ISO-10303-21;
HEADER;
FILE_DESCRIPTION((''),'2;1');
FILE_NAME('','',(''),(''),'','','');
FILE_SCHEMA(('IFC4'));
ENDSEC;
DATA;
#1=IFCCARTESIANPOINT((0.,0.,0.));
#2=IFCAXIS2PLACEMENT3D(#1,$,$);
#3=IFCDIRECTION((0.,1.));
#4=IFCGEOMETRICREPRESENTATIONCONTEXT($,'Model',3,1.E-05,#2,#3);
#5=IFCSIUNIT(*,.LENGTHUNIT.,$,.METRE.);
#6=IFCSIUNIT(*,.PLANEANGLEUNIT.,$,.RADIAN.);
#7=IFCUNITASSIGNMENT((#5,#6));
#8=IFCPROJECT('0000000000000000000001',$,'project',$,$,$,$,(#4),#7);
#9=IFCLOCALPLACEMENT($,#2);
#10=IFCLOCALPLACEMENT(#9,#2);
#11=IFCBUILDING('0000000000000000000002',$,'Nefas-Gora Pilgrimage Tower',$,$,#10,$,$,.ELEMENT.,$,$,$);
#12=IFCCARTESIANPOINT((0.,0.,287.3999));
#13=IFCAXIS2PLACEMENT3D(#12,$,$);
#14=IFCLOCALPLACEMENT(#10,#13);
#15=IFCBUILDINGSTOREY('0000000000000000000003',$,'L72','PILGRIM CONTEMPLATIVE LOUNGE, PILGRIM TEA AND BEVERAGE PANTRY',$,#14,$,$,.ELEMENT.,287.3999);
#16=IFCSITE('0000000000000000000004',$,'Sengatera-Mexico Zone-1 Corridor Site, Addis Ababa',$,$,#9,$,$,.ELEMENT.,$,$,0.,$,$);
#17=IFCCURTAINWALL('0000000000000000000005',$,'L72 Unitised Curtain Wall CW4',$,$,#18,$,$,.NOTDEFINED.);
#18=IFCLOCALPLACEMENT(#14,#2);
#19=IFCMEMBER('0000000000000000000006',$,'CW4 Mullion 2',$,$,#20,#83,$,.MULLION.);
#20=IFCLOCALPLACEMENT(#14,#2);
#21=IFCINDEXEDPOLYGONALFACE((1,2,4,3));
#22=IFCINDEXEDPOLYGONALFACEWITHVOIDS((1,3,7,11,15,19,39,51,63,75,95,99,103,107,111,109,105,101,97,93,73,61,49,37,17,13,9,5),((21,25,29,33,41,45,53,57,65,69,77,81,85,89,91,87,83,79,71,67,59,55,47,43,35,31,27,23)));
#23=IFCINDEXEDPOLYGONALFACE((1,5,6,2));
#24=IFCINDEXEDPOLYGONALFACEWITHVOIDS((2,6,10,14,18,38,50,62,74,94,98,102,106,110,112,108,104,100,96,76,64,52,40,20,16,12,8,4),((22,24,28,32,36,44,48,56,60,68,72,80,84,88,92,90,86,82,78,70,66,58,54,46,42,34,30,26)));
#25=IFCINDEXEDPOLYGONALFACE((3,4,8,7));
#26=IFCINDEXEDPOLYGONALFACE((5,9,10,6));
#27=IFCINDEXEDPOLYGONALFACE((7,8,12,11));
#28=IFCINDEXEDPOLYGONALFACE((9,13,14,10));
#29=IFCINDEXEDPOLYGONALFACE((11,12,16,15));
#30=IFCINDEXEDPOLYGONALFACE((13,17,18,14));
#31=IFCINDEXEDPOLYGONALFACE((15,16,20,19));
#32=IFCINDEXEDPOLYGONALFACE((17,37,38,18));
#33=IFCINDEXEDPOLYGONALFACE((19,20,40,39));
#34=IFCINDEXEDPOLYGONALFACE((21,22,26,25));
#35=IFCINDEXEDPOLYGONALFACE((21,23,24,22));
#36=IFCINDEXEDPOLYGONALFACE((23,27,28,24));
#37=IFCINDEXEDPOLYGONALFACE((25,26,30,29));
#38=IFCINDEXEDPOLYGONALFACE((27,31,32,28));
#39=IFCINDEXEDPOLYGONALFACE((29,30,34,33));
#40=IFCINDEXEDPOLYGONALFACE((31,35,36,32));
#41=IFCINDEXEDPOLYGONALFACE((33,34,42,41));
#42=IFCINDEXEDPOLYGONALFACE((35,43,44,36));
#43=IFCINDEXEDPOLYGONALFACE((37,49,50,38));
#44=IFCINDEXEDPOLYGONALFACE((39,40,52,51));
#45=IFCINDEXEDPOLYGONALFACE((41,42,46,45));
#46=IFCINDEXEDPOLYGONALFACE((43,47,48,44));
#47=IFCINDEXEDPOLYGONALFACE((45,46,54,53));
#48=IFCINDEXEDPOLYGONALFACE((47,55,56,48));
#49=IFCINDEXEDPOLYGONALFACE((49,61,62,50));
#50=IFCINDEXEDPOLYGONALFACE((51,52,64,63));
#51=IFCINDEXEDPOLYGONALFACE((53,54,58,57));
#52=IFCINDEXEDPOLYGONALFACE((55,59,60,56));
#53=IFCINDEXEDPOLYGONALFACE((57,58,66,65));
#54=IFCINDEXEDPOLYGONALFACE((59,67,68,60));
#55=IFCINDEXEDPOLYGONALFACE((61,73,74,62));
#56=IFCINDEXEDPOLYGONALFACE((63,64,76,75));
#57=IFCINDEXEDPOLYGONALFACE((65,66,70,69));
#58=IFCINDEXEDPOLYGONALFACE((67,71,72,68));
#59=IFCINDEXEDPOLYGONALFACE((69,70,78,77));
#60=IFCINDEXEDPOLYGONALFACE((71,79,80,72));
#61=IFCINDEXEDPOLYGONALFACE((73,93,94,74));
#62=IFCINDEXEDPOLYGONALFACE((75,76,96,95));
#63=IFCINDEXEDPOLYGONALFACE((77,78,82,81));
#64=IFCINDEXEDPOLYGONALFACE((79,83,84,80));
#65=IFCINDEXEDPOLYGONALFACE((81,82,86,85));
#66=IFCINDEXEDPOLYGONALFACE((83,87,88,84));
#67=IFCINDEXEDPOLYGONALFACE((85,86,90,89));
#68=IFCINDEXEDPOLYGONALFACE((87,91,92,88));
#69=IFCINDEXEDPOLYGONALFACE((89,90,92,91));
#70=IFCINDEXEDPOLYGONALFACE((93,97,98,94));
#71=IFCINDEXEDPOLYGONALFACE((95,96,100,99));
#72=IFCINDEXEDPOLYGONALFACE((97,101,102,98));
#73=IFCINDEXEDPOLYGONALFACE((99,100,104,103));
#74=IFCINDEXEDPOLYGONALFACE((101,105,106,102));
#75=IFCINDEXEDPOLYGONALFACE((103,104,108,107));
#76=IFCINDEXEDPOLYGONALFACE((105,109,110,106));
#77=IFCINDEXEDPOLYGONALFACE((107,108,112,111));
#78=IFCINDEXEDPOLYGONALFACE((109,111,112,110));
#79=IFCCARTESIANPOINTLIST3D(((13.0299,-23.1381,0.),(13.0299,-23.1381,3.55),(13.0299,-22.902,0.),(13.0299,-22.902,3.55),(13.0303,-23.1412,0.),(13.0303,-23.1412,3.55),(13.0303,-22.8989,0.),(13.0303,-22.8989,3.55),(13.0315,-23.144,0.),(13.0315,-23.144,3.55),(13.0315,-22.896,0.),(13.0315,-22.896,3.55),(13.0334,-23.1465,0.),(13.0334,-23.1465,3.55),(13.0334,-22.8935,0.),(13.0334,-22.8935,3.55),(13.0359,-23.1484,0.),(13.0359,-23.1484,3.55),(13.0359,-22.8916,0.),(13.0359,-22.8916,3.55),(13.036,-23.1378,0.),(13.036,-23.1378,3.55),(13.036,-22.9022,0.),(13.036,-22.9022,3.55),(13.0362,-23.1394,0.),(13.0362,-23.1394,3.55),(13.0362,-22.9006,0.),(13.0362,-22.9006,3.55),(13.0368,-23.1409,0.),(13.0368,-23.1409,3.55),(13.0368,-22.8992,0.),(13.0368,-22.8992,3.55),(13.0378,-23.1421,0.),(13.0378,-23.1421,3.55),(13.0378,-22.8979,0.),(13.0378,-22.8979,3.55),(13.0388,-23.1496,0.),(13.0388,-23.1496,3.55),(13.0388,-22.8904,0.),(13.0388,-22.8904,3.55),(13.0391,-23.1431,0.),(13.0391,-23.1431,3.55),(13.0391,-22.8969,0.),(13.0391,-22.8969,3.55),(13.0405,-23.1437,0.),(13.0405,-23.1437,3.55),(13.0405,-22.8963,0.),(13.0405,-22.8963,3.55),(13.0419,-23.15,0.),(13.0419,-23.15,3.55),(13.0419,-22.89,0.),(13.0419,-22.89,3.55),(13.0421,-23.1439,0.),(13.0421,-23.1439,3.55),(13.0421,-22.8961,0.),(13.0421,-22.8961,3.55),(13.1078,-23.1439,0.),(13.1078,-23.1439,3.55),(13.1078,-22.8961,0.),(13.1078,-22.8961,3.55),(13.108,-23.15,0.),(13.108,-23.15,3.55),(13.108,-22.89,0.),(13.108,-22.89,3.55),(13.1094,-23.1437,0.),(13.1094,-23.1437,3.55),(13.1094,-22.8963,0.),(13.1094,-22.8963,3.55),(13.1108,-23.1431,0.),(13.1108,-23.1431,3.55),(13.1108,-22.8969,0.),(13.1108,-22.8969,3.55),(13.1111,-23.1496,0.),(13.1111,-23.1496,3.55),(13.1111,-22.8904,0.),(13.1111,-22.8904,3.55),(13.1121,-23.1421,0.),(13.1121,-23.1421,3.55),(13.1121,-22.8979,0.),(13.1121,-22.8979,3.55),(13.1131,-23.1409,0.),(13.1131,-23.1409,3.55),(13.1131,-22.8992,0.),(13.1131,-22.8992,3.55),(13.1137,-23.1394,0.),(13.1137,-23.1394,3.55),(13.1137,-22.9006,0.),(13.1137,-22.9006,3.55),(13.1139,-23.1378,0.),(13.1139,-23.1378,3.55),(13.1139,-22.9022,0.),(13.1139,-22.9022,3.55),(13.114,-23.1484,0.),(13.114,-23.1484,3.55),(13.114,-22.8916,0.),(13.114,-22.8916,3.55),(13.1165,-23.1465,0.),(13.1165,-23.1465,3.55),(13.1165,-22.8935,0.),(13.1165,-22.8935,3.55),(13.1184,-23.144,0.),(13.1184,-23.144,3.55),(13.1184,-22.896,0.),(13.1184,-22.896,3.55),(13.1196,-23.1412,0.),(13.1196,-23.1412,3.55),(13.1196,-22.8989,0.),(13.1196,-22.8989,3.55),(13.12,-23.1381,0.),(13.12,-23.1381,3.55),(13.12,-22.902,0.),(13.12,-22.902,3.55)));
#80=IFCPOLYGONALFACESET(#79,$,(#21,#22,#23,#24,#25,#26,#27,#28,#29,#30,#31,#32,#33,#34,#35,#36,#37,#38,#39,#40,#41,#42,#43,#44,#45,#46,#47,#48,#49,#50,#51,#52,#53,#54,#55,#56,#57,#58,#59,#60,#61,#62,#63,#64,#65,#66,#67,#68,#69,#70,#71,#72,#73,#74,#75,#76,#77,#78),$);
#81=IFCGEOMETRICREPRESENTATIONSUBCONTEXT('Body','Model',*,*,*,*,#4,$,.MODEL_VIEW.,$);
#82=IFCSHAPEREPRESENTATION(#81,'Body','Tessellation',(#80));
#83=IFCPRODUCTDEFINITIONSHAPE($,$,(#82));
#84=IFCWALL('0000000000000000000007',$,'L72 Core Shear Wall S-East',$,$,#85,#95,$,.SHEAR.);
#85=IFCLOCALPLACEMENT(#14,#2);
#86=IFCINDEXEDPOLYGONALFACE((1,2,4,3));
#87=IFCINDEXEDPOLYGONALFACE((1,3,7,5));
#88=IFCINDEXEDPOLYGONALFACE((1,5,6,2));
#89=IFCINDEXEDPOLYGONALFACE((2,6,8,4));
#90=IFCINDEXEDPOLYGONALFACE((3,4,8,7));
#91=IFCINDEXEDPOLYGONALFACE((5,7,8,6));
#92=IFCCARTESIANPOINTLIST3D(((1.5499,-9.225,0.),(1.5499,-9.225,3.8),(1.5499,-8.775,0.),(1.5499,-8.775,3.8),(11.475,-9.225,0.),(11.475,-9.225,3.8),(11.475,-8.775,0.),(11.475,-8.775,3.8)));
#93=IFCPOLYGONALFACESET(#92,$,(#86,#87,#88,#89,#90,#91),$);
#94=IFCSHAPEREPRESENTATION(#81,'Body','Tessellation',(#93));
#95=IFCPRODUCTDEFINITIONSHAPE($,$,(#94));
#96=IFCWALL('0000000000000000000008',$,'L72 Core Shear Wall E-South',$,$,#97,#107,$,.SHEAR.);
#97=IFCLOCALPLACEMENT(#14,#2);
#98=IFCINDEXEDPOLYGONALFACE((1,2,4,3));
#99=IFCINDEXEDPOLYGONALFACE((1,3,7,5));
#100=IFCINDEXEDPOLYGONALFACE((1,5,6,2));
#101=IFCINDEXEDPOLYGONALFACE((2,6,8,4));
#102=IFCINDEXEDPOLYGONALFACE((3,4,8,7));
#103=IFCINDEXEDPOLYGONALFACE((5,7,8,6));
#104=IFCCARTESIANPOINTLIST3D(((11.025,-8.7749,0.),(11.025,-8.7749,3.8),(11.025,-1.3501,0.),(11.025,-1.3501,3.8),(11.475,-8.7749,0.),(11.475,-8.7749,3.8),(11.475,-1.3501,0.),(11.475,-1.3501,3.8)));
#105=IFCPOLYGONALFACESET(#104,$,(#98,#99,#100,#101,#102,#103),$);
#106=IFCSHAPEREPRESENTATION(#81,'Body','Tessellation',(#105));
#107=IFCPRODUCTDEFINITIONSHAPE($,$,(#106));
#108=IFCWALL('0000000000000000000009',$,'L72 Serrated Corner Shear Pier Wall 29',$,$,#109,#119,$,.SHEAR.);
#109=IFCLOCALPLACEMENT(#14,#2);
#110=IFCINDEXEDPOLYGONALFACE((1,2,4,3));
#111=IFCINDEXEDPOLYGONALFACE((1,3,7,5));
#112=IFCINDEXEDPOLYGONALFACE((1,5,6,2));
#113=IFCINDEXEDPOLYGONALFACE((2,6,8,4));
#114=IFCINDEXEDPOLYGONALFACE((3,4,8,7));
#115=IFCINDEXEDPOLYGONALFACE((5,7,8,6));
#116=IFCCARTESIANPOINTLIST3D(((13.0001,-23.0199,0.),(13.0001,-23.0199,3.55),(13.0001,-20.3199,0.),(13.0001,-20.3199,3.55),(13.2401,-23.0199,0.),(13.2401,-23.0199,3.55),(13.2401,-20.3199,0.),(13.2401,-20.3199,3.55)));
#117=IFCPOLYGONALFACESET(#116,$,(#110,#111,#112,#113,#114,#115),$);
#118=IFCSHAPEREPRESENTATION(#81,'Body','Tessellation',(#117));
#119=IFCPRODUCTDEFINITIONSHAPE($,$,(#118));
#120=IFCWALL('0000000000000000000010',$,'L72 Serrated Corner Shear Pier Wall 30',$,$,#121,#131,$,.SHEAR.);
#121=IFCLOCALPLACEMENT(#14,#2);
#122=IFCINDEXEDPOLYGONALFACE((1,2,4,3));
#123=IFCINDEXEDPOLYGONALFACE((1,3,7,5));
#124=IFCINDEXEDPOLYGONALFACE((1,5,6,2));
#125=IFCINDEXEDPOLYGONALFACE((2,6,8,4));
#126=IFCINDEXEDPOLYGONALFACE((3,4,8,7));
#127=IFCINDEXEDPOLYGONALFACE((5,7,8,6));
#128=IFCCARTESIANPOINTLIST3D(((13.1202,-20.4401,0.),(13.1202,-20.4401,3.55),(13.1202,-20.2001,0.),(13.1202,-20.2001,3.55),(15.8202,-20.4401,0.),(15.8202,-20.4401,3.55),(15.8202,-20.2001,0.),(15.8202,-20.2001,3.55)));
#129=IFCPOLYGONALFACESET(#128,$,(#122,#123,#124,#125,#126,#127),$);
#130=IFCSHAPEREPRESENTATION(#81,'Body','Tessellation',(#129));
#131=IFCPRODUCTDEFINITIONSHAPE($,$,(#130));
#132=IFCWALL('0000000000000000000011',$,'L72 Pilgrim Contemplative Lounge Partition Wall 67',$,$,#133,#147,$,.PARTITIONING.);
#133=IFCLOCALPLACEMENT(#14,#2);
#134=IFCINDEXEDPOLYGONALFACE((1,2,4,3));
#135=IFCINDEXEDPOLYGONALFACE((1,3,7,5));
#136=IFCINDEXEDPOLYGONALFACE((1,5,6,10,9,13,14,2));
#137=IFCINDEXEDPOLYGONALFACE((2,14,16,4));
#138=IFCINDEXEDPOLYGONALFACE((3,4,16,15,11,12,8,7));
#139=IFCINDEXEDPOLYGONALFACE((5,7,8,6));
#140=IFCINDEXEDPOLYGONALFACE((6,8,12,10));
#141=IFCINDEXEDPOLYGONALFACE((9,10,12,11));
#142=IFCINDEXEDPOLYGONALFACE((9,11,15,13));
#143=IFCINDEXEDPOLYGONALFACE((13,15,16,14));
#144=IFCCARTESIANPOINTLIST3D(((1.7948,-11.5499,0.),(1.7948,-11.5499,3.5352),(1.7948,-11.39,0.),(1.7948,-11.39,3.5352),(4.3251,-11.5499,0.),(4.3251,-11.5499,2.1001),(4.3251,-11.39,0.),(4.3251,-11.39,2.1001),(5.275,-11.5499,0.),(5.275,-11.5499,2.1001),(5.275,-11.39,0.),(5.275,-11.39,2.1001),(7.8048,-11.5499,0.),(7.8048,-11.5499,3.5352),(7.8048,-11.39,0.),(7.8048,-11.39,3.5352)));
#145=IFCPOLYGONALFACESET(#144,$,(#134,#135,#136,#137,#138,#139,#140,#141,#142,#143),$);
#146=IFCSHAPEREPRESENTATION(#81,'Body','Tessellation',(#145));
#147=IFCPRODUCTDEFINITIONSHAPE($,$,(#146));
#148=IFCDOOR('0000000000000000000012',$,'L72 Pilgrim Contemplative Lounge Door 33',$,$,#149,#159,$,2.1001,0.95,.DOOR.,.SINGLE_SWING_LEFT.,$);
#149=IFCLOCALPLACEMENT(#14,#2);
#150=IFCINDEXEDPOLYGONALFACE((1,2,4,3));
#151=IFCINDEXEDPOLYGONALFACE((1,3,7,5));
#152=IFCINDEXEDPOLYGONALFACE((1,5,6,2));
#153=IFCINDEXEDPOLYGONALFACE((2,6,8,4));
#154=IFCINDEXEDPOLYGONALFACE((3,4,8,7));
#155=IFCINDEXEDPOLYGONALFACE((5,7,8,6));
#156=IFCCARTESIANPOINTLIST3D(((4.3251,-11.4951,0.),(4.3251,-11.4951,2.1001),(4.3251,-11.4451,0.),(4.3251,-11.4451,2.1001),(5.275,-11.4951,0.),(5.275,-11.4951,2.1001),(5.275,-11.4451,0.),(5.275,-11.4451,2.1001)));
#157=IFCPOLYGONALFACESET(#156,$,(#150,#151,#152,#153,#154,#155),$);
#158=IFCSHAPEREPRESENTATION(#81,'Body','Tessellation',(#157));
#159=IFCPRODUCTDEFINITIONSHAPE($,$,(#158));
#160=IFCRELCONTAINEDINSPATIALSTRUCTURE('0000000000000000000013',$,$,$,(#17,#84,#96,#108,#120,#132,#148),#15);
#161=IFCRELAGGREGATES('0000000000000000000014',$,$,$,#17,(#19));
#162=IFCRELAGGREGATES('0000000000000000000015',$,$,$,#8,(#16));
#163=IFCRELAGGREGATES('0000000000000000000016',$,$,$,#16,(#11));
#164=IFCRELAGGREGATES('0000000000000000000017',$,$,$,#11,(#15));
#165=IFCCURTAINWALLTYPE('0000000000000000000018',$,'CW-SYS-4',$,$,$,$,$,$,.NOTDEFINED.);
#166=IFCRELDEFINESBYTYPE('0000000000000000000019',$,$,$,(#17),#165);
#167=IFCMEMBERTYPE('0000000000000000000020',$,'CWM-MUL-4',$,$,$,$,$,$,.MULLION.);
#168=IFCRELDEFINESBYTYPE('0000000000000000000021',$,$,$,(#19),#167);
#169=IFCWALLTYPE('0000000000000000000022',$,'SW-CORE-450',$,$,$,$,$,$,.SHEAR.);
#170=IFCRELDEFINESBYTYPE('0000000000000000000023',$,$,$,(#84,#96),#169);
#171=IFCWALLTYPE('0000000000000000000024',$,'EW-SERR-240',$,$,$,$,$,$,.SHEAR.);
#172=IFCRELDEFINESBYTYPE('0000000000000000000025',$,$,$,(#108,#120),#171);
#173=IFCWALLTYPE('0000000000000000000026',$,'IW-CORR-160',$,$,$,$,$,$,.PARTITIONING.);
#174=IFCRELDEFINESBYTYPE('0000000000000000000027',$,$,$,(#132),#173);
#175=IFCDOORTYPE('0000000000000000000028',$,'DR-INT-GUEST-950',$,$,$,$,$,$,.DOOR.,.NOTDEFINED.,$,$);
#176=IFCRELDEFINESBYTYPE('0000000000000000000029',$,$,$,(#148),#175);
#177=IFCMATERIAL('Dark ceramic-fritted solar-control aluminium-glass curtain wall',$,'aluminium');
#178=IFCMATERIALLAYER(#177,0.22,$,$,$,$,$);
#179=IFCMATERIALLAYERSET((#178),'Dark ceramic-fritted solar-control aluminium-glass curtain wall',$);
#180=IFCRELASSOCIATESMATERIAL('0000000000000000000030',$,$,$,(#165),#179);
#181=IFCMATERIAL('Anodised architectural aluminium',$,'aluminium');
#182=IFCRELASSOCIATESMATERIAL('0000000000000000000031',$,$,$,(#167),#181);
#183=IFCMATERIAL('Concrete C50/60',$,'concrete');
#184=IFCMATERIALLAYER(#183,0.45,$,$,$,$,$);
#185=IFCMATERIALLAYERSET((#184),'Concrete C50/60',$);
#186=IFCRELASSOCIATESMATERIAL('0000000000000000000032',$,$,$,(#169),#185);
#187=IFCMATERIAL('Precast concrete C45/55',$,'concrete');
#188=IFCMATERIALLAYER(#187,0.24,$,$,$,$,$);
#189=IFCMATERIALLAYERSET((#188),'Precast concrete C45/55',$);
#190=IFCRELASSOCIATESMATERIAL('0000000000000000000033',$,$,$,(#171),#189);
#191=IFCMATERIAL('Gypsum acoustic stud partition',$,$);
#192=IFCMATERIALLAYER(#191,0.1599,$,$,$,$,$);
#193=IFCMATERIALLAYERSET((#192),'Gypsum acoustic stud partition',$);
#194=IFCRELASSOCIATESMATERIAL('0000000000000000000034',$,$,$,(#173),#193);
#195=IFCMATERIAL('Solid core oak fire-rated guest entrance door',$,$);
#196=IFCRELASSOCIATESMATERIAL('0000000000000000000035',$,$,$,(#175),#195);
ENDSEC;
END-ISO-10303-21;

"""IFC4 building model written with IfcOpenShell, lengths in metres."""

from ifc_helpers import new_model, si_unit, direction, frame, frame_2d, origin, origin_2d, place, context, subcontext, project, spatial, rectangle, hollow_rectangle, extrude, source, transform, mapped, material, layer, layer_set, material_profile, profile_set, type_object, element, fill, aggregate, save


model = new_model("IFC4")

# Units and contexts
model_context = context("Model", 3, precision=1e-05, world=origin(), true_north=direction((0.0, 1.0)))
body_context = subcontext(model_context, "Body", "Model", "MODEL_VIEW")
ifc_project = project(units=[si_unit("LENGTHUNIT", "METRE"), si_unit("PLANEANGLEUNIT", "RADIAN")], contexts=[model_context])

# Site, building, storey
site_placement = place(None, origin())
site = spatial("IfcSite", under=ifc_project, at=site_placement, Name="Sengatera-Mexico Zone-1 Corridor Site, Addis Ababa", CompositionType="ELEMENT", RefElevation=0.0)
building_placement = place(site_placement, origin())
building = spatial("IfcBuilding", under=site, at=building_placement, Name="Nefas-Gora Pilgrimage Tower", CompositionType="ELEMENT")
storey_placement = place(building_placement, frame((0.0, 0.0, 287.3999)))
storey = spatial("IfcBuildingStorey", under=building, at=storey_placement, Name="L72", Description="PILGRIM CONTEMPLATIVE LOUNGE, PILGRIM TEA AND BEVERAGE PANTRY", CompositionType="ELEMENT", Elevation=287.3999)

# Curtain wall, member
ifc_material_1 = material(Name="Dark ceramic-fritted solar-control aluminium-glass curtain wall", Category="aluminium")
ifc_layer_1 = layer(ifc_material_1, 0.22)
ifc_layer_set_1 = layer_set([ifc_layer_1], Name="Dark ceramic-fritted solar-control aluminium-glass curtain wall")
curtain_wall_type = type_object("IfcCurtainWallType", Name="CW-SYS-4", PredefinedType="NOTDEFINED", material=ifc_layer_set_1)
curtain_wall_placement = place(storey_placement, origin())
curtain_wall = element("IfcCurtainWall", 1, at=curtain_wall_placement, inside=storey, type_object=curtain_wall_type, Name="L72 Unitised Curtain Wall CW4", PredefinedType="NOTDEFINED")
ifc_material_2 = material(Name="Anodised architectural aluminium", Category="aluminium")
ifc_material_profile_1 = material_profile(ifc_material_2, hollow_rectangle(XDim=0.0901, YDim=0.26, WallThickness=0.0061, InnerFilletRadius=0.0061, OuterFilletRadius=0.012, at=origin_2d()), Name="ALU MULLION 90x260")
ifc_profile_set_1 = profile_set([ifc_material_profile_1], Name="Anodised architectural aluminium")
member_type = type_object("IfcMemberType", Name="CWM-MUL-4", PredefinedType="MULLION", material=ifc_profile_set_1)
shared_shape_1 = source(origin(), body_context, "Body", "SweptSolid", [
    extrude(hollow_rectangle(XDim=0.0901, YDim=0.26, WallThickness=0.0061, InnerFilletRadius=0.0061, OuterFilletRadius=0.012, at=origin_2d()), origin(), (0.0, 0.0, 1.0), 3.55),
])
member_placement = place(storey_placement, frame((13.075, -23.02, 0.0), z_axis=(0.0, 0.0, 1.0), x_axis=(1.0, 0.0, 0.0)))
member = element("IfcMember", 2, at=member_placement, type_object=member_type, Name="CW4 Mullion 2", PredefinedType="MULLION", context=body_context, shape_type="MappedRepresentation", body=[
    mapped(shared_shape_1, transform((0.0, 0.0, 0.0), x_axis=(1.0, 0.0, 0.0), y_axis=(0.0, 1.0, 0.0), z_axis=(0.0, 0.0, 1.0), scale=1.0)),
])
aggregate(curtain_wall, [member])

# Walls
ifc_material_3 = material(Name="Concrete C50/60", Category="concrete")
ifc_layer_2 = layer(ifc_material_3, 0.45)
ifc_layer_set_2 = layer_set([ifc_layer_2], Name="Concrete C50/60")
wall_type_1 = type_object("IfcWallType", Name="SW-CORE-450", PredefinedType="SHEAR", material=ifc_layer_set_2)
shared_shape_2 = source(origin(), body_context, "Body", "SweptSolid", [
    extrude(rectangle(XDim=9.925, YDim=0.45, at=frame_2d((4.9624, 0.0))), origin(), (0.0, 0.0, 1.0), 3.8),
])
wall_1_placement = place(storey_placement, frame((1.55, -9.0, 0.0), z_axis=(0.0, 0.0, 1.0), x_axis=(1.0, 0.0, 0.0)))
element("IfcWall", 3, at=wall_1_placement, inside=storey, type_object=wall_type_1, Name="L72 Core Shear Wall S-East", PredefinedType="SHEAR", context=body_context, shape_type="MappedRepresentation", body=[
    mapped(shared_shape_2, transform((0.0, 0.0, 0.0), x_axis=(1.0, 0.0, 0.0), y_axis=(0.0, 1.0, 0.0), z_axis=(0.0, 0.0, 1.0), scale=1.0)),
])
shared_shape_3 = source(origin(), body_context, "Body", "SweptSolid", [
    extrude(rectangle(XDim=7.4248, YDim=0.45, at=frame_2d((3.7124, 0.0))), origin(), (0.0, 0.0, 1.0), 3.8),
])
wall_2_placement = place(storey_placement, frame((11.25, -8.7749, 0.0), z_axis=(0.0, 0.0, 1.0), x_axis=(0.0, 1.0, 0.0)))
element("IfcWall", 4, at=wall_2_placement, inside=storey, type_object=wall_type_1, Name="L72 Core Shear Wall E-South", PredefinedType="SHEAR", context=body_context, shape_type="MappedRepresentation", body=[
    mapped(shared_shape_3, transform((0.0, 0.0, 0.0), x_axis=(1.0, 0.0, 0.0), y_axis=(0.0, 1.0, 0.0), z_axis=(0.0, 0.0, 1.0), scale=1.0)),
])
ifc_material_4 = material(Name="Precast concrete C45/55", Category="concrete")
ifc_layer_3 = layer(ifc_material_4, 0.24)
ifc_layer_set_3 = layer_set([ifc_layer_3], Name="Precast concrete C45/55")
wall_type_2 = type_object("IfcWallType", Name="EW-SERR-240", PredefinedType="SHEAR", material=ifc_layer_set_3)
shared_shape_4 = source(origin(), body_context, "Body", "SweptSolid", [
    extrude(rectangle(XDim=2.7, YDim=0.24, at=frame_2d((1.3501, 0.0))), origin(), (0.0, 0.0, 1.0), 3.55),
])
for number, where, z_axis, x_axis, name in (
    (5, (13.1201, -23.02, 0.0), (0.0, 0.0, 1.0), (0.0, 1.0, 0.0), "L72 Serrated Corner Shear Pier Wall 29"),
    (6, (13.1201, -20.3201, 0.0), (0.0, 0.0, 1.0), (1.0, 0.0, 0.0), "L72 Serrated Corner Shear Pier Wall 30"),
):
    element("IfcWall", number, at=place(storey_placement, frame(where, z_axis=z_axis, x_axis=x_axis)), inside=storey, type_object=wall_type_2, Name=name, PredefinedType="SHEAR", context=body_context, shape_type="MappedRepresentation", body=[
        mapped(shared_shape_4, transform((0.0, 0.0, 0.0), x_axis=(1.0, 0.0, 0.0), y_axis=(0.0, 1.0, 0.0), z_axis=(0.0, 0.0, 1.0), scale=1.0)),
    ])

# Wall, opening, door
ifc_material_5 = material(Name="Gypsum acoustic stud partition")
ifc_layer_4 = layer(ifc_material_5, 0.1599)
ifc_layer_set_4 = layer_set([ifc_layer_4], Name="Gypsum acoustic stud partition")
wall_type_3 = type_object("IfcWallType", Name="IW-CORR-160", PredefinedType="PARTITIONING", material=ifc_layer_set_4)
shared_shape_5 = source(origin(), body_context, "Body", "SweptSolid", [
    extrude(rectangle(XDim=6.01, YDim=0.1599, at=frame_2d((3.0049, 0.0))), origin(), (0.0, 0.0, 1.0), 3.5352),
])
wall_3_placement = place(storey_placement, frame((1.7949, -11.47, 0.0), z_axis=(0.0, 0.0, 1.0), x_axis=(1.0, 0.0, 0.0)))
wall_3 = element("IfcWall", 7, at=wall_3_placement, inside=storey, type_object=wall_type_3, Name="L72 Pilgrim Contemplative Lounge Partition Wall 67", PredefinedType="PARTITIONING", context=body_context, shape_type="MappedRepresentation", body=[
    mapped(shared_shape_5, transform((0.0, 0.0, 0.0), x_axis=(1.0, 0.0, 0.0), y_axis=(0.0, 1.0, 0.0), z_axis=(0.0, 0.0, 1.0), scale=1.0)),
])
opening_1_placement = place(wall_3_placement, frame((2.53, 0.0, 0.0)))
opening_1 = element("IfcOpeningElement", 8, at=opening_1_placement, cuts=wall_3, PredefinedType="OPENING", context=body_context, shape_type="SweptSolid", body=[
    extrude(rectangle(XDim=0.95, YDim=2.1001, at=frame_2d((0.4751, 1.05))), frame((0.0, 0.0898, 0.0), z_axis=(0.0, -1.0, 0.0), x_axis=(1.0, 0.0, 0.0)), (0.0, 0.0, 1.0), 0.1799),
])
ifc_material_6 = material(Name="Solid core oak fire-rated guest entrance door")
door_type_1 = type_object("IfcDoorType", Name="DR-INT-GUEST-950", OperationType="NOTDEFINED", PredefinedType="DOOR", material=ifc_material_6)
shared_shape_6 = source(origin(), body_context, "Body", "SweptSolid", [
    extrude(rectangle(XDim=0.95, YDim=2.1001, at=frame_2d((0.4751, 1.05))), frame((0.0, 0.0249, 0.0), z_axis=(0.0, -1.0, 0.0), x_axis=(1.0, 0.0, 0.0)), (0.0, 0.0, 1.0), 0.05),
])
door_1_placement = place(opening_1_placement, origin())
door_1 = element("IfcDoor", 9, at=door_1_placement, inside=storey, type_object=door_type_1, Name="L72 Pilgrim Contemplative Lounge Door 33", OperationType="SINGLE_SWING_LEFT", OverallHeight=2.1001, OverallWidth=0.95, PredefinedType="DOOR", context=body_context, shape_type="MappedRepresentation", body=[
    mapped(shared_shape_6, transform((0.0, 0.0, 0.0), x_axis=(1.0, 0.0, 0.0), y_axis=(0.0, 1.0, 0.0), z_axis=(0.0, 0.0, 1.0), scale=1.0)),
])
fill(opening_1, door_1)

save(model, "model.ifc")
